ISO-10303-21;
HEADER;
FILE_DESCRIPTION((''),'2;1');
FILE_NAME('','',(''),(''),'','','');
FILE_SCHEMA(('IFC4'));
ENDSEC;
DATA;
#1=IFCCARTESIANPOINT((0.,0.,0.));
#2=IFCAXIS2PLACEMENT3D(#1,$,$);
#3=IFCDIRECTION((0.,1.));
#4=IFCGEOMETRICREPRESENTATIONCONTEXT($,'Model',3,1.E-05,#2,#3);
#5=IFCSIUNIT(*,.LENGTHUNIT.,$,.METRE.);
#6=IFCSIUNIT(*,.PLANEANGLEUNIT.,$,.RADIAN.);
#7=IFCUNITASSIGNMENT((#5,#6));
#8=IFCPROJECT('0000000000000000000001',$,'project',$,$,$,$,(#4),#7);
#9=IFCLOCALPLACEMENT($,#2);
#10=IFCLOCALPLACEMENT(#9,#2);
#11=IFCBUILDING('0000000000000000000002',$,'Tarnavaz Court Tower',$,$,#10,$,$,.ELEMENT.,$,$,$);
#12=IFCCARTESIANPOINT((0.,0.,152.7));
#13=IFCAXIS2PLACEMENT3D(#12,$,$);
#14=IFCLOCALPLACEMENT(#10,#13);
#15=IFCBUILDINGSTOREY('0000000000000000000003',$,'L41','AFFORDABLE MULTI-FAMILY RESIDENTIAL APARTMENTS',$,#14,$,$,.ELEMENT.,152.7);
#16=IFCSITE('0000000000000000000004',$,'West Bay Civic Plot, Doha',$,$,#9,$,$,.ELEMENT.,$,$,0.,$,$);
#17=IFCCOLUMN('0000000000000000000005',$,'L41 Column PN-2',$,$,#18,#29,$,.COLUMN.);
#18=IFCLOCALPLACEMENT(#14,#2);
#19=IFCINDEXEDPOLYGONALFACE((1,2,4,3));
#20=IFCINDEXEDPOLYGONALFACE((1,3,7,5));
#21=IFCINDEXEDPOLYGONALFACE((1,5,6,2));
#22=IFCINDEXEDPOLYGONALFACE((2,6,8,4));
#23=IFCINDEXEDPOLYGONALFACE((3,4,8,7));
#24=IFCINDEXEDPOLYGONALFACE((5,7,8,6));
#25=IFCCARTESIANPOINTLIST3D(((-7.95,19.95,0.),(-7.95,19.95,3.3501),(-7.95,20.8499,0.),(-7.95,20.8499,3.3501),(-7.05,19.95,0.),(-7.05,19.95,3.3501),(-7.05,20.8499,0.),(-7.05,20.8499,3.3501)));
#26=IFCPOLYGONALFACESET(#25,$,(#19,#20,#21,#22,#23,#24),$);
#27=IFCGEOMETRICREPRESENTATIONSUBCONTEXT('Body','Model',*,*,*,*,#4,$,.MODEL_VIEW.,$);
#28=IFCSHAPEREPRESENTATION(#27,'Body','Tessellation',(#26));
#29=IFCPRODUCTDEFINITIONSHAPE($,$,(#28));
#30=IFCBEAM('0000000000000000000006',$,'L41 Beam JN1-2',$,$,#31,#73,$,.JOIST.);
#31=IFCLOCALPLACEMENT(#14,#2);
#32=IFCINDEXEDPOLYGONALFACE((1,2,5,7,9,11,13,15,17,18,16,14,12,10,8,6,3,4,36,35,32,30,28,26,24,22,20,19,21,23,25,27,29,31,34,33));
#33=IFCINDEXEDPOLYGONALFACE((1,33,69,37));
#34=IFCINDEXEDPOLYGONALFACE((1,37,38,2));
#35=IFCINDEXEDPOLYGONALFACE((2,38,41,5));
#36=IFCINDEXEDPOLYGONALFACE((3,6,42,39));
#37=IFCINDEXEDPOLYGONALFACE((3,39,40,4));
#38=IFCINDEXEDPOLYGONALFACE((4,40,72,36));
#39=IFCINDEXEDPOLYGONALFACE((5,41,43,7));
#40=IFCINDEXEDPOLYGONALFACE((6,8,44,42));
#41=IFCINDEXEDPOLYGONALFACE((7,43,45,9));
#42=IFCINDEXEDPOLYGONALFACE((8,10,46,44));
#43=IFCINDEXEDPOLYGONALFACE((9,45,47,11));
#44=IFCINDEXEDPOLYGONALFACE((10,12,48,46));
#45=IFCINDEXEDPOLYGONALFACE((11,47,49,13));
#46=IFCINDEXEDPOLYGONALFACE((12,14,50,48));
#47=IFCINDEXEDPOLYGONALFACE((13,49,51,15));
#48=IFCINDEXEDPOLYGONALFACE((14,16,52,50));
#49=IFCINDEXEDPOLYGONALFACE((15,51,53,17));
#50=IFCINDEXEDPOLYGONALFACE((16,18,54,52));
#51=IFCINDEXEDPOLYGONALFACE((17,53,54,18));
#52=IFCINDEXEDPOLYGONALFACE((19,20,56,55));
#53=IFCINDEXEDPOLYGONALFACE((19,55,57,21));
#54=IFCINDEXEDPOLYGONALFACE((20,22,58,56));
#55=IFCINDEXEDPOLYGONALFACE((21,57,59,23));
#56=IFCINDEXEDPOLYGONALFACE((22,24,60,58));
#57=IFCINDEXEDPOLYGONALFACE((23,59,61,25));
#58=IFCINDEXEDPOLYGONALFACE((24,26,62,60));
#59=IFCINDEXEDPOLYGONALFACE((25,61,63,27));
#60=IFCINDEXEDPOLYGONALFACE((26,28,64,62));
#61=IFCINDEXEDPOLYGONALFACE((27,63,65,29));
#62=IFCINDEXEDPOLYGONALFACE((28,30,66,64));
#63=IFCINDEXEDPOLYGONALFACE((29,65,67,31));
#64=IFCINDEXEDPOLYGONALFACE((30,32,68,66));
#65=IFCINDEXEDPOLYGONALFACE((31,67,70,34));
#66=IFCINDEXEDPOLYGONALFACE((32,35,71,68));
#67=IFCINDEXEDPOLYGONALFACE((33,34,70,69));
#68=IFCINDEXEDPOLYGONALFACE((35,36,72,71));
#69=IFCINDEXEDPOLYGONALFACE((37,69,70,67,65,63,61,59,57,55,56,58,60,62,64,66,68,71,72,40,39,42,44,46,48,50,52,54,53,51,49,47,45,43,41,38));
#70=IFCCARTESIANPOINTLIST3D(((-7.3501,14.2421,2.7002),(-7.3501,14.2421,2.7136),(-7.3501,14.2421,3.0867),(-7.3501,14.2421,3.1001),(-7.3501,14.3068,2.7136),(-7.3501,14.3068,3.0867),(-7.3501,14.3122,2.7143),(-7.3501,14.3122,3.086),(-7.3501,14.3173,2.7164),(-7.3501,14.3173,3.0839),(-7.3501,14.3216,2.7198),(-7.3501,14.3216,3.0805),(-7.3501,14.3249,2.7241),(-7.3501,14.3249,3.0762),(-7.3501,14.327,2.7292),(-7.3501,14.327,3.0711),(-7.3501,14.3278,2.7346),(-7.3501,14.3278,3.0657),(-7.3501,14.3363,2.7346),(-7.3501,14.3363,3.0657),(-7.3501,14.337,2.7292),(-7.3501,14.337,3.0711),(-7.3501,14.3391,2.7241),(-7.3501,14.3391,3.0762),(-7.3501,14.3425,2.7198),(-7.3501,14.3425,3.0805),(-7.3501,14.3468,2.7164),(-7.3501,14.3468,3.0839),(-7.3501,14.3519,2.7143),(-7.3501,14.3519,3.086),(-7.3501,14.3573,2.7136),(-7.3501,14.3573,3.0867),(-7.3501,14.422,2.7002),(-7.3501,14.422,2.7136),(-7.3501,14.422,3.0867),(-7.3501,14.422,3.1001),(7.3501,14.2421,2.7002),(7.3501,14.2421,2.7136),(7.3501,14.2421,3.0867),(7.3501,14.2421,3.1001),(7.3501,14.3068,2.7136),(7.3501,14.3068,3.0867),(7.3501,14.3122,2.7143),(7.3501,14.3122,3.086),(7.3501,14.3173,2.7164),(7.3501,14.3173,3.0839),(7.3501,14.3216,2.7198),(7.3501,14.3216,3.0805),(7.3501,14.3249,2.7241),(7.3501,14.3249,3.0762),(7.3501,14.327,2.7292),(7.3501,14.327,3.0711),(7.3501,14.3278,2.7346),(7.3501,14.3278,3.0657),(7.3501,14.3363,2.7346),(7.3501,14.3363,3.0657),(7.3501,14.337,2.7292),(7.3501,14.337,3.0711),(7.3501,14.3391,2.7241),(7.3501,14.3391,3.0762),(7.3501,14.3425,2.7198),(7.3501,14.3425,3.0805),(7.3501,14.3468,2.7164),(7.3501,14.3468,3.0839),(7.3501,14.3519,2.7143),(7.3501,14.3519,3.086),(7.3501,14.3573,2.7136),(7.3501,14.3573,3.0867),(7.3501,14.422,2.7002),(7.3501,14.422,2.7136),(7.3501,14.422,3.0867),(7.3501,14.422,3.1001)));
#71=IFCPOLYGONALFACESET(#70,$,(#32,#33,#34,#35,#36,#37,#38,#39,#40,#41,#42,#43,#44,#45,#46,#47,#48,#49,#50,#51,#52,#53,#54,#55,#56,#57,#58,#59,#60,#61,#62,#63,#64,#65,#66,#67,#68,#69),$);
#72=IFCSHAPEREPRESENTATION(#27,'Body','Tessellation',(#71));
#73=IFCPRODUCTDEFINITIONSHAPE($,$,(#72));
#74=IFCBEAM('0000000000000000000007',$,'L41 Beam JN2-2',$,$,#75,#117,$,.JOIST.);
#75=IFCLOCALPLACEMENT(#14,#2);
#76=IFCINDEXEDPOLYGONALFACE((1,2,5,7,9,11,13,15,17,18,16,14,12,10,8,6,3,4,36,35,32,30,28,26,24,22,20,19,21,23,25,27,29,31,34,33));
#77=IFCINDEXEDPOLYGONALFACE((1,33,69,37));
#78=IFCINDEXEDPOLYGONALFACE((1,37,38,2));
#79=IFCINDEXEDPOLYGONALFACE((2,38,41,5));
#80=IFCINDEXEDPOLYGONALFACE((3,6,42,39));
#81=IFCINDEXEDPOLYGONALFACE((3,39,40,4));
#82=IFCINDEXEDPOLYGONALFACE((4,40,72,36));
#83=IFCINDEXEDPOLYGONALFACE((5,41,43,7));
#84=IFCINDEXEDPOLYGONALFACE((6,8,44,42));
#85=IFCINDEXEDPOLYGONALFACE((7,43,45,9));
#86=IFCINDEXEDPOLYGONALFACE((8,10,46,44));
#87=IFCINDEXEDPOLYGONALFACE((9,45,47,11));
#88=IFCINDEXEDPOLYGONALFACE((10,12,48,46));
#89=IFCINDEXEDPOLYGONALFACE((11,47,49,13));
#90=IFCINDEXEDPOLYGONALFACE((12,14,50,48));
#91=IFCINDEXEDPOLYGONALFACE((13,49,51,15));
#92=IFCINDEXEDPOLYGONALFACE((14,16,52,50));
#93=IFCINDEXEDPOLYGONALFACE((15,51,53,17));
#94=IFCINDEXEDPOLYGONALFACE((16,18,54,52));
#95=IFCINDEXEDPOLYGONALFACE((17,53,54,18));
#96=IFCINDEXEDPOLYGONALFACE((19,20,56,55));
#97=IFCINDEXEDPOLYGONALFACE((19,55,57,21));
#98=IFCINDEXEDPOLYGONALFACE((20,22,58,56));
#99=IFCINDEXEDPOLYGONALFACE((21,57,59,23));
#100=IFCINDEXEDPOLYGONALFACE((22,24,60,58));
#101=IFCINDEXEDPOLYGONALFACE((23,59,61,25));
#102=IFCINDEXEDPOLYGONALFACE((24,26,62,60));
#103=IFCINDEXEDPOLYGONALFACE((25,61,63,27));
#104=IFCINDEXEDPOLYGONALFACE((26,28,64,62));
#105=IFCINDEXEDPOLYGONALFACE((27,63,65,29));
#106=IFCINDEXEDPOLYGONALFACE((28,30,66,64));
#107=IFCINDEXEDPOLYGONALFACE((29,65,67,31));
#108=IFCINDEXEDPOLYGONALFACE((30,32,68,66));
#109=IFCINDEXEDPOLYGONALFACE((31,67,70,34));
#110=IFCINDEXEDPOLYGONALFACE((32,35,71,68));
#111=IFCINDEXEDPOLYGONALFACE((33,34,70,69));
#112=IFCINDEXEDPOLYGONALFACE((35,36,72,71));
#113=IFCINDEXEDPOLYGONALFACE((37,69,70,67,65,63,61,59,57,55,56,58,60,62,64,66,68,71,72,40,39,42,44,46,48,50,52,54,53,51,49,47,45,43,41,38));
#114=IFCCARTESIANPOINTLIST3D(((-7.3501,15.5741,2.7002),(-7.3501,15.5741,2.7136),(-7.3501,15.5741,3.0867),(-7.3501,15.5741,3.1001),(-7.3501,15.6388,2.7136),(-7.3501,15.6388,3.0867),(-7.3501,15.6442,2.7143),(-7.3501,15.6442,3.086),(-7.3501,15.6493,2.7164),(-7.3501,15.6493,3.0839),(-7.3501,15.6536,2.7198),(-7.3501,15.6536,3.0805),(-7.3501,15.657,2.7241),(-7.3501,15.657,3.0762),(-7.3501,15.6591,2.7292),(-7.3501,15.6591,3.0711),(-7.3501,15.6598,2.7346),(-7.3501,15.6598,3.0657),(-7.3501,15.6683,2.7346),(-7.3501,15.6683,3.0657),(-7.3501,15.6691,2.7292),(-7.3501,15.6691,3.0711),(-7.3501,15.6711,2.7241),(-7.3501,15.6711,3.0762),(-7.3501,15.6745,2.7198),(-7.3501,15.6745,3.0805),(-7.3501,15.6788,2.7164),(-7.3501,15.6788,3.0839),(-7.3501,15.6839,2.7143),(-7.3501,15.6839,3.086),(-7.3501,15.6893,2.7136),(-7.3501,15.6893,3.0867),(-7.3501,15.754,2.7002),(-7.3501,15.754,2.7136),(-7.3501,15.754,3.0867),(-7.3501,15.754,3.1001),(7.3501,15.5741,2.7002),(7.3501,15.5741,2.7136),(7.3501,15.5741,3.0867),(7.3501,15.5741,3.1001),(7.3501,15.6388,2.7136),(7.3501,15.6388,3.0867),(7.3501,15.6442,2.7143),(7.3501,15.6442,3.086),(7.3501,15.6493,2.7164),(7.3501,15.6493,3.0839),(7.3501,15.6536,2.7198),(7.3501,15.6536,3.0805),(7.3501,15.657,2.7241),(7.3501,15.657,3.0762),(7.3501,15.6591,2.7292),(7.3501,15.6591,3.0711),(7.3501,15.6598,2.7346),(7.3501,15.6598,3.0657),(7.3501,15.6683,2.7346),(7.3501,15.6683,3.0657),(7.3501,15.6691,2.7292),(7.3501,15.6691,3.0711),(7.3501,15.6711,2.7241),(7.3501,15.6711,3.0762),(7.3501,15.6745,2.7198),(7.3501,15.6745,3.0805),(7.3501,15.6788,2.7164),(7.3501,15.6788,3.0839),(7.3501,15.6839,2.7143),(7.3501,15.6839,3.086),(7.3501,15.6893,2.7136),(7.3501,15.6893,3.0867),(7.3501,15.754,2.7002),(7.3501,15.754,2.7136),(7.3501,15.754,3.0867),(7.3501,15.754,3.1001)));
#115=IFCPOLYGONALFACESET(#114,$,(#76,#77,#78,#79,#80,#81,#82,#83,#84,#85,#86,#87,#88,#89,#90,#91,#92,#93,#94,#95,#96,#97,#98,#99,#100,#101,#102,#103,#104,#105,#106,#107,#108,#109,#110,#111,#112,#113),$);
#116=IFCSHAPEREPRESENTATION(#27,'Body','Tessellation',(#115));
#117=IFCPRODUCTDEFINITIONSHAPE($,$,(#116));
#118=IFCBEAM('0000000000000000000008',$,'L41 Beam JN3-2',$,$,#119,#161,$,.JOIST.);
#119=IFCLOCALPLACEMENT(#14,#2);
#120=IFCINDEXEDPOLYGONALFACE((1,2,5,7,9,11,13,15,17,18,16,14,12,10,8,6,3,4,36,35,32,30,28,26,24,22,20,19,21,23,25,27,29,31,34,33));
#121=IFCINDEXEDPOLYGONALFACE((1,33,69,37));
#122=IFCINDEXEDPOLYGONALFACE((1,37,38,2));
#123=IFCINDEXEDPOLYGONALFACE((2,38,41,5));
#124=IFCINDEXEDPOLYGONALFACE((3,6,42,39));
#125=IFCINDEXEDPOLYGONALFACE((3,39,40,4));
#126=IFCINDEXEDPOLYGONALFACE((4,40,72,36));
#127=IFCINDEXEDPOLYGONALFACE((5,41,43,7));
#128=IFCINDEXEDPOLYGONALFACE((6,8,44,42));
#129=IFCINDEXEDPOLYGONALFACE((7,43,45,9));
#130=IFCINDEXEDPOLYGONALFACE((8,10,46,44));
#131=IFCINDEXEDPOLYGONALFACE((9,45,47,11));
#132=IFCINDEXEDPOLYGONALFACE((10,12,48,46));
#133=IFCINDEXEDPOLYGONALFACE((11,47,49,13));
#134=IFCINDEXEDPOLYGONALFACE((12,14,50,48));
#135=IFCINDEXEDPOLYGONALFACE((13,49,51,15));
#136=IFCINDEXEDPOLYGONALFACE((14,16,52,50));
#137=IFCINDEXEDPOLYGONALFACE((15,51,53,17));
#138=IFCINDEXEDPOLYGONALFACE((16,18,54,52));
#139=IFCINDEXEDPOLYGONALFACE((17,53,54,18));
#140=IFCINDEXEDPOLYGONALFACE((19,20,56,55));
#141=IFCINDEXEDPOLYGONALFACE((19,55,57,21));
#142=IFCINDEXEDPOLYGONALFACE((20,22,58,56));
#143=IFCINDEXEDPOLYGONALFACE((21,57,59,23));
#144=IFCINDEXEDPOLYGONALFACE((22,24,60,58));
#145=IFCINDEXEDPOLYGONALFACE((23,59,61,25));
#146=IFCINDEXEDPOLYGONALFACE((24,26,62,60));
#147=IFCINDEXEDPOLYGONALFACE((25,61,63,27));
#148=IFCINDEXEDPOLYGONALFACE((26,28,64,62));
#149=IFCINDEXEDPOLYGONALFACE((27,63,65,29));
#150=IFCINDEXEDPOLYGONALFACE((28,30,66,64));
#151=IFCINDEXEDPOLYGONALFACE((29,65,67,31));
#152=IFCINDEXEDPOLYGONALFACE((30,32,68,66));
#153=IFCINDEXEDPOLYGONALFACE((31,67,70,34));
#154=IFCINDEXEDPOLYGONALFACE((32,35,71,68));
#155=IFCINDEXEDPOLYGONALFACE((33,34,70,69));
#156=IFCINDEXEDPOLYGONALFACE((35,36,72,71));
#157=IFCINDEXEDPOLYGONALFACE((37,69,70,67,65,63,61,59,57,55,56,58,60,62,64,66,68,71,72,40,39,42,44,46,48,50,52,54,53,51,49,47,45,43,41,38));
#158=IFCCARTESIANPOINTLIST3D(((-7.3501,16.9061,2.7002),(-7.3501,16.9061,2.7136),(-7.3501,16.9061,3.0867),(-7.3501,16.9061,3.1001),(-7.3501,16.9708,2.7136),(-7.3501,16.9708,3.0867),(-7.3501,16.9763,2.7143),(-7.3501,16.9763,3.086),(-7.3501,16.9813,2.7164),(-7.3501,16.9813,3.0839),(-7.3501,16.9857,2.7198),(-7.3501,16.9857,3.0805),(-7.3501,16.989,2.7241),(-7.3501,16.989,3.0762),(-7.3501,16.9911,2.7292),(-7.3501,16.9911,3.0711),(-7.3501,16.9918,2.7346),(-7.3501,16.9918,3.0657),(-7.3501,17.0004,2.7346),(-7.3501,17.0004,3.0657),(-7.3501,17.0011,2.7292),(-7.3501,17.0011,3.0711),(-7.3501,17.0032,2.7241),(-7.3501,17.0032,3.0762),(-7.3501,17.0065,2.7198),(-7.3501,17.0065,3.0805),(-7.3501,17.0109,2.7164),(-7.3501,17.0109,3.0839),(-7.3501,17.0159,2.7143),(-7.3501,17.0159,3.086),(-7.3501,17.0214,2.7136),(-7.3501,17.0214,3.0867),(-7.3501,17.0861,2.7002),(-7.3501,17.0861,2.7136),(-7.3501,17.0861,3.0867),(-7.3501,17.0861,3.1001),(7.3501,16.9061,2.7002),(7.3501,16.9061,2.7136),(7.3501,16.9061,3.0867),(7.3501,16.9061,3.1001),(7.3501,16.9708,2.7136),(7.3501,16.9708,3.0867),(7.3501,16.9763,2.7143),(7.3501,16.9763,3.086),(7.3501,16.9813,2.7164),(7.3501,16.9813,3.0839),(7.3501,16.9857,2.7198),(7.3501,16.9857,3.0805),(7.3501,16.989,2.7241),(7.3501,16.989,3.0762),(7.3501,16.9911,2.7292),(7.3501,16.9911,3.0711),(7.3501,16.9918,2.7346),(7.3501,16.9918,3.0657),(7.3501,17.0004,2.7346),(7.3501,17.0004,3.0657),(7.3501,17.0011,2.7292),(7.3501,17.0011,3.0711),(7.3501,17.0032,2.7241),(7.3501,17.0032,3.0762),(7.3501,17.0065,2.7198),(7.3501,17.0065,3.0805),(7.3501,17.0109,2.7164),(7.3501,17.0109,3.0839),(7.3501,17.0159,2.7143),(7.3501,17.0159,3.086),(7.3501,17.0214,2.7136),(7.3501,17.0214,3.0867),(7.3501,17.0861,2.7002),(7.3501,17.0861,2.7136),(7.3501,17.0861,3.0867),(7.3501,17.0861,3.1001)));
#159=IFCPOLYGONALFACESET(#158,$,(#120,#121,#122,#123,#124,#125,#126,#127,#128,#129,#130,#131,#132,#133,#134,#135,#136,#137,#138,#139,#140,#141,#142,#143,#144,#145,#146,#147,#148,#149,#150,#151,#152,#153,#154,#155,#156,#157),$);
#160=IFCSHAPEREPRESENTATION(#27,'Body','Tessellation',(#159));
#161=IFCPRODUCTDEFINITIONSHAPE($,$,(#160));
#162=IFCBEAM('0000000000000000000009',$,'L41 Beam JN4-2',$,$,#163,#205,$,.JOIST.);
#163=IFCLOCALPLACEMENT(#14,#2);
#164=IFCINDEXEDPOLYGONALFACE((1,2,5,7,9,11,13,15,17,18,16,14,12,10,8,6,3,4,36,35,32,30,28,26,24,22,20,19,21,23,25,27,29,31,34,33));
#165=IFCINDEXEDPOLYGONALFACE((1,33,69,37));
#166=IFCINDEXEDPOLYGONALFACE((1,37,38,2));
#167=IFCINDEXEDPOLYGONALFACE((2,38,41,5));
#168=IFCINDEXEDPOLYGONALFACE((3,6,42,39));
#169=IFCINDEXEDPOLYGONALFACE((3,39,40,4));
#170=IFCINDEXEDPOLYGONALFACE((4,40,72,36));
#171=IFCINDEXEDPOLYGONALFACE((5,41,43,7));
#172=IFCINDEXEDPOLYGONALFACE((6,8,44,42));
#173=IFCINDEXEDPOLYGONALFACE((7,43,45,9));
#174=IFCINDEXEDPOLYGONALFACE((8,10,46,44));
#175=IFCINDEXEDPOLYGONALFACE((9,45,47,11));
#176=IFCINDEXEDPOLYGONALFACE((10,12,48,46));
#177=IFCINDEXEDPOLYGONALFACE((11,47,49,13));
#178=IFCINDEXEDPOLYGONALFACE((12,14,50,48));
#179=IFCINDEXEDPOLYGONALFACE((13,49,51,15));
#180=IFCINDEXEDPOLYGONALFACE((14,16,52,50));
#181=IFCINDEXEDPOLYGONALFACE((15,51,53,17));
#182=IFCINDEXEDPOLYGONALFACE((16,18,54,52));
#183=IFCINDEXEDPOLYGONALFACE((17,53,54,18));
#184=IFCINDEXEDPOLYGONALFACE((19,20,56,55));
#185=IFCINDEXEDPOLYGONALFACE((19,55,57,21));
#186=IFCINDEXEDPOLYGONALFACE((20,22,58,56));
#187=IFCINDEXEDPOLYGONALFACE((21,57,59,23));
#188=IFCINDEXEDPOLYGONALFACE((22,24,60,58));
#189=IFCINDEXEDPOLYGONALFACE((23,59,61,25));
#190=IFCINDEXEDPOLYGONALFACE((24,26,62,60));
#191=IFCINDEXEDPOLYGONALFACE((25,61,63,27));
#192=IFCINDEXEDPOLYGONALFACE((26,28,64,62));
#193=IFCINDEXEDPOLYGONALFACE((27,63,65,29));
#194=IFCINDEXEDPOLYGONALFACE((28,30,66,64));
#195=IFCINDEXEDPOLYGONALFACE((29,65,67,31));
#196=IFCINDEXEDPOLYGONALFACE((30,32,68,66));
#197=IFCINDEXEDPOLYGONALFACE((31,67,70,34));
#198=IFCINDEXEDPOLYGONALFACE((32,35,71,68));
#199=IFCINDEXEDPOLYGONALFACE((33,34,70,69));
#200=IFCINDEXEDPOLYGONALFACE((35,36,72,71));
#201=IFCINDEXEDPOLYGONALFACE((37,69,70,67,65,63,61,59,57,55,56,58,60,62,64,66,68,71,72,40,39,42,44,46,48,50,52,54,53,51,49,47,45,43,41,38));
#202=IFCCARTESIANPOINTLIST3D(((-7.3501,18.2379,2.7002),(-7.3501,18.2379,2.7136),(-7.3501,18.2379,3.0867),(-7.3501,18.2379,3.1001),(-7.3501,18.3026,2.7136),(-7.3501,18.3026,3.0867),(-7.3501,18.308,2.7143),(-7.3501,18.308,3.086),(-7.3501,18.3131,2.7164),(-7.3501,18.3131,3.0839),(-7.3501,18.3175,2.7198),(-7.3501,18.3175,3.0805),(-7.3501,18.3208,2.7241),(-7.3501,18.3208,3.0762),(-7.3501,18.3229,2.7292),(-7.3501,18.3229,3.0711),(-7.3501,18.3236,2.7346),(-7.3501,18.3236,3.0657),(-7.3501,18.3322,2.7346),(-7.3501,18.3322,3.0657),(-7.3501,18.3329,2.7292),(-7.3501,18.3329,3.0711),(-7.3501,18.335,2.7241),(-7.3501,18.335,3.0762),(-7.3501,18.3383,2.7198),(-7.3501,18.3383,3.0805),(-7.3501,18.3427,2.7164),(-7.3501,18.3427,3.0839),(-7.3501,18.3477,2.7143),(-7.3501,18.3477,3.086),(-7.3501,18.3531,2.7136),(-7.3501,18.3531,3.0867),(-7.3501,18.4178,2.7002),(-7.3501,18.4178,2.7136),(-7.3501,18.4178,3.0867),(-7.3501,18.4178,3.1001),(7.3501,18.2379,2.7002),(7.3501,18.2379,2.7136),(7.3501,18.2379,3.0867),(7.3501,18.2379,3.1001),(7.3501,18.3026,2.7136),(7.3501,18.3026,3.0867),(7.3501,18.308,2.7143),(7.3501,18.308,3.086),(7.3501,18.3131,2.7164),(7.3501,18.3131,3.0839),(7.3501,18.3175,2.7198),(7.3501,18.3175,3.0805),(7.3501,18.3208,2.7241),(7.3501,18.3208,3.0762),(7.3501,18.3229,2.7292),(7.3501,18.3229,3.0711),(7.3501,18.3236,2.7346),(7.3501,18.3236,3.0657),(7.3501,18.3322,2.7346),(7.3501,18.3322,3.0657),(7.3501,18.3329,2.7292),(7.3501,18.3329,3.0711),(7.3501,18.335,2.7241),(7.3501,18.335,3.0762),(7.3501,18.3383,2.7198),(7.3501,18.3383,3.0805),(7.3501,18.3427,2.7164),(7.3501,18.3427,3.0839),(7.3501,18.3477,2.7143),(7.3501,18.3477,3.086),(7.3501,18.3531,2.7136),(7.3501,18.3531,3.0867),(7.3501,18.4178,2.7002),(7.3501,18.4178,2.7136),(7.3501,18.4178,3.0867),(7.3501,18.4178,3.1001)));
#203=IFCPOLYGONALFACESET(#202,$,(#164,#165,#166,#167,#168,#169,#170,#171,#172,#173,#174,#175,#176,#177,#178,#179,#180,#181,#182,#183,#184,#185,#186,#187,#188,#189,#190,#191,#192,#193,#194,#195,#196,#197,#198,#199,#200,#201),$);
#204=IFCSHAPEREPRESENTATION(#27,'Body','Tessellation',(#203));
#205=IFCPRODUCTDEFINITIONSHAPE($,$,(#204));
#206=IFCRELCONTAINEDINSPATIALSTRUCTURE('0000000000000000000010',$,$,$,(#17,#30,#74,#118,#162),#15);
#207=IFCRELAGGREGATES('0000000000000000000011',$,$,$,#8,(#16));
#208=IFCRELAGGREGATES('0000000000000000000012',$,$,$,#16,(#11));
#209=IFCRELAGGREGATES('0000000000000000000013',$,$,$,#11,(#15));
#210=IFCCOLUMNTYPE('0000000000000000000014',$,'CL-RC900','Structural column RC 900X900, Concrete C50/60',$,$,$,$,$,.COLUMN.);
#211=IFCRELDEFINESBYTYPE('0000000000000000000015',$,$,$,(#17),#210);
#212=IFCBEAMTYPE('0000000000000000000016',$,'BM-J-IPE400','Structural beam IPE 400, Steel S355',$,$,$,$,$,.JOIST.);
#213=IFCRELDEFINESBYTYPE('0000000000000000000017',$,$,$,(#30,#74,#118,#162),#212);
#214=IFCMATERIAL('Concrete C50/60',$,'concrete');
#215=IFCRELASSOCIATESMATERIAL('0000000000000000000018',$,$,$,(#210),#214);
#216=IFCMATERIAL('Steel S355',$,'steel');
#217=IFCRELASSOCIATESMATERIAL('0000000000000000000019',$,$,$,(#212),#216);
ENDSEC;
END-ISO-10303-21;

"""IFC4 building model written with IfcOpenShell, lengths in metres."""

from ifc_helpers import new_model, si_unit, direction, frame, origin, origin_2d, place, context, subcontext, project, spatial, rectangle, i_section, extrude, material, material_profile, profile_set, type_object, element, save


model = new_model("IFC4")

# Units and contexts
model_context = context("Model", 3, precision=1e-05, world=origin(), true_north=direction((0.0, 1.0)))
body_context = subcontext(model_context, "Body", "Model", "MODEL_VIEW")
ifc_project = project(units=[si_unit("LENGTHUNIT", "METRE"), si_unit("PLANEANGLEUNIT", "RADIAN")], contexts=[model_context])

# Site, building, storey
site_placement = place(None, origin())
site = spatial("IfcSite", under=ifc_project, at=site_placement, Name="West Bay Civic Plot, Doha", CompositionType="ELEMENT", RefElevation=0.0)
building_placement = place(site_placement, origin())
building = spatial("IfcBuilding", under=site, at=building_placement, Name="Tarnavaz Court Tower", CompositionType="ELEMENT")
storey_placement = place(building_placement, frame((0.0, 0.0, 152.7)))
storey = spatial("IfcBuildingStorey", under=building, at=storey_placement, Name="L41", Description="AFFORDABLE MULTI-FAMILY RESIDENTIAL APARTMENTS", CompositionType="ELEMENT", Elevation=152.7)

# Column
ifc_material_1 = material(Name="Concrete C50/60", Category="concrete")
ifc_material_profile_1 = material_profile(ifc_material_1, rectangle(XDim=0.8999, YDim=0.8999, at=origin_2d()), Name="RC 900X900")
ifc_profile_set_1 = profile_set([ifc_material_profile_1], Name="Concrete C50/60")
column_type = type_object("IfcColumnType", Name="CL-RC900", Description="Structural column RC 900X900, Concrete C50/60", PredefinedType="COLUMN", material=ifc_profile_set_1)
column_placement = place(storey_placement, frame((-7.5, 20.3999, 0.0), z_axis=(0.0, 0.0, 1.0), x_axis=(1.0, 0.0, 0.0)))
element("IfcColumn", 1, at=column_placement, inside=storey, type_object=column_type, Name="L41 Column PN-2", PredefinedType="COLUMN", context=body_context, shape_type="SweptSolid", body=[
    extrude(rectangle(XDim=0.8999, YDim=0.8999, at=origin_2d()), origin(), (0.0, 0.0, 1.0), 3.3501),
])

# Beams
ifc_material_2 = material(Name="Steel S355", Category="steel")
ifc_material_profile_2 = material_profile(ifc_material_2, i_section(OverallWidth=0.1799, OverallDepth=0.3999, WebThickness=0.0085, FlangeThickness=0.0134, FilletRadius=0.021, at=origin_2d()), Name="IPE 400")
ifc_profile_set_2 = profile_set([ifc_material_profile_2], Name="Steel S355")
beam_type_1 = type_object("IfcBeamType", Name="BM-J-IPE400", Description="Structural beam IPE 400, Steel S355", PredefinedType="JOIST", material=ifc_profile_set_2)
for number, where, z_axis, x_axis, name in (
    (2, (-7.3501, 14.332, 2.9001), (1.0, 0.0, 0.0), (0.0, 1.0, 0.0), "L41 Beam JN1-2"),
    (3, (-7.3501, 15.6641, 2.9001), (1.0, 0.0, 0.0), (0.0, 1.0, 0.0), "L41 Beam JN2-2"),
    (4, (-7.3501, 16.9961, 2.9001), (1.0, 0.0, 0.0), (0.0, 1.0, 0.0), "L41 Beam JN3-2"),
    (5, (-7.3501, 18.3279, 2.9001), (1.0, 0.0, 0.0), (0.0, 1.0, 0.0), "L41 Beam JN4-2"),
):
    element("IfcBeam", number, at=place(storey_placement, frame(where, z_axis=z_axis, x_axis=x_axis)), inside=storey, type_object=beam_type_1, Name=name, PredefinedType="JOIST", context=body_context, shape_type="SweptSolid", body=[
        extrude(i_section(OverallWidth=0.1799, OverallDepth=0.3999, WebThickness=0.0085, FlangeThickness=0.0134, FilletRadius=0.021, at=origin_2d()), origin(), (0.0, 0.0, 1.0), 14.7002),
    ])

save(model, "model.ifc")
